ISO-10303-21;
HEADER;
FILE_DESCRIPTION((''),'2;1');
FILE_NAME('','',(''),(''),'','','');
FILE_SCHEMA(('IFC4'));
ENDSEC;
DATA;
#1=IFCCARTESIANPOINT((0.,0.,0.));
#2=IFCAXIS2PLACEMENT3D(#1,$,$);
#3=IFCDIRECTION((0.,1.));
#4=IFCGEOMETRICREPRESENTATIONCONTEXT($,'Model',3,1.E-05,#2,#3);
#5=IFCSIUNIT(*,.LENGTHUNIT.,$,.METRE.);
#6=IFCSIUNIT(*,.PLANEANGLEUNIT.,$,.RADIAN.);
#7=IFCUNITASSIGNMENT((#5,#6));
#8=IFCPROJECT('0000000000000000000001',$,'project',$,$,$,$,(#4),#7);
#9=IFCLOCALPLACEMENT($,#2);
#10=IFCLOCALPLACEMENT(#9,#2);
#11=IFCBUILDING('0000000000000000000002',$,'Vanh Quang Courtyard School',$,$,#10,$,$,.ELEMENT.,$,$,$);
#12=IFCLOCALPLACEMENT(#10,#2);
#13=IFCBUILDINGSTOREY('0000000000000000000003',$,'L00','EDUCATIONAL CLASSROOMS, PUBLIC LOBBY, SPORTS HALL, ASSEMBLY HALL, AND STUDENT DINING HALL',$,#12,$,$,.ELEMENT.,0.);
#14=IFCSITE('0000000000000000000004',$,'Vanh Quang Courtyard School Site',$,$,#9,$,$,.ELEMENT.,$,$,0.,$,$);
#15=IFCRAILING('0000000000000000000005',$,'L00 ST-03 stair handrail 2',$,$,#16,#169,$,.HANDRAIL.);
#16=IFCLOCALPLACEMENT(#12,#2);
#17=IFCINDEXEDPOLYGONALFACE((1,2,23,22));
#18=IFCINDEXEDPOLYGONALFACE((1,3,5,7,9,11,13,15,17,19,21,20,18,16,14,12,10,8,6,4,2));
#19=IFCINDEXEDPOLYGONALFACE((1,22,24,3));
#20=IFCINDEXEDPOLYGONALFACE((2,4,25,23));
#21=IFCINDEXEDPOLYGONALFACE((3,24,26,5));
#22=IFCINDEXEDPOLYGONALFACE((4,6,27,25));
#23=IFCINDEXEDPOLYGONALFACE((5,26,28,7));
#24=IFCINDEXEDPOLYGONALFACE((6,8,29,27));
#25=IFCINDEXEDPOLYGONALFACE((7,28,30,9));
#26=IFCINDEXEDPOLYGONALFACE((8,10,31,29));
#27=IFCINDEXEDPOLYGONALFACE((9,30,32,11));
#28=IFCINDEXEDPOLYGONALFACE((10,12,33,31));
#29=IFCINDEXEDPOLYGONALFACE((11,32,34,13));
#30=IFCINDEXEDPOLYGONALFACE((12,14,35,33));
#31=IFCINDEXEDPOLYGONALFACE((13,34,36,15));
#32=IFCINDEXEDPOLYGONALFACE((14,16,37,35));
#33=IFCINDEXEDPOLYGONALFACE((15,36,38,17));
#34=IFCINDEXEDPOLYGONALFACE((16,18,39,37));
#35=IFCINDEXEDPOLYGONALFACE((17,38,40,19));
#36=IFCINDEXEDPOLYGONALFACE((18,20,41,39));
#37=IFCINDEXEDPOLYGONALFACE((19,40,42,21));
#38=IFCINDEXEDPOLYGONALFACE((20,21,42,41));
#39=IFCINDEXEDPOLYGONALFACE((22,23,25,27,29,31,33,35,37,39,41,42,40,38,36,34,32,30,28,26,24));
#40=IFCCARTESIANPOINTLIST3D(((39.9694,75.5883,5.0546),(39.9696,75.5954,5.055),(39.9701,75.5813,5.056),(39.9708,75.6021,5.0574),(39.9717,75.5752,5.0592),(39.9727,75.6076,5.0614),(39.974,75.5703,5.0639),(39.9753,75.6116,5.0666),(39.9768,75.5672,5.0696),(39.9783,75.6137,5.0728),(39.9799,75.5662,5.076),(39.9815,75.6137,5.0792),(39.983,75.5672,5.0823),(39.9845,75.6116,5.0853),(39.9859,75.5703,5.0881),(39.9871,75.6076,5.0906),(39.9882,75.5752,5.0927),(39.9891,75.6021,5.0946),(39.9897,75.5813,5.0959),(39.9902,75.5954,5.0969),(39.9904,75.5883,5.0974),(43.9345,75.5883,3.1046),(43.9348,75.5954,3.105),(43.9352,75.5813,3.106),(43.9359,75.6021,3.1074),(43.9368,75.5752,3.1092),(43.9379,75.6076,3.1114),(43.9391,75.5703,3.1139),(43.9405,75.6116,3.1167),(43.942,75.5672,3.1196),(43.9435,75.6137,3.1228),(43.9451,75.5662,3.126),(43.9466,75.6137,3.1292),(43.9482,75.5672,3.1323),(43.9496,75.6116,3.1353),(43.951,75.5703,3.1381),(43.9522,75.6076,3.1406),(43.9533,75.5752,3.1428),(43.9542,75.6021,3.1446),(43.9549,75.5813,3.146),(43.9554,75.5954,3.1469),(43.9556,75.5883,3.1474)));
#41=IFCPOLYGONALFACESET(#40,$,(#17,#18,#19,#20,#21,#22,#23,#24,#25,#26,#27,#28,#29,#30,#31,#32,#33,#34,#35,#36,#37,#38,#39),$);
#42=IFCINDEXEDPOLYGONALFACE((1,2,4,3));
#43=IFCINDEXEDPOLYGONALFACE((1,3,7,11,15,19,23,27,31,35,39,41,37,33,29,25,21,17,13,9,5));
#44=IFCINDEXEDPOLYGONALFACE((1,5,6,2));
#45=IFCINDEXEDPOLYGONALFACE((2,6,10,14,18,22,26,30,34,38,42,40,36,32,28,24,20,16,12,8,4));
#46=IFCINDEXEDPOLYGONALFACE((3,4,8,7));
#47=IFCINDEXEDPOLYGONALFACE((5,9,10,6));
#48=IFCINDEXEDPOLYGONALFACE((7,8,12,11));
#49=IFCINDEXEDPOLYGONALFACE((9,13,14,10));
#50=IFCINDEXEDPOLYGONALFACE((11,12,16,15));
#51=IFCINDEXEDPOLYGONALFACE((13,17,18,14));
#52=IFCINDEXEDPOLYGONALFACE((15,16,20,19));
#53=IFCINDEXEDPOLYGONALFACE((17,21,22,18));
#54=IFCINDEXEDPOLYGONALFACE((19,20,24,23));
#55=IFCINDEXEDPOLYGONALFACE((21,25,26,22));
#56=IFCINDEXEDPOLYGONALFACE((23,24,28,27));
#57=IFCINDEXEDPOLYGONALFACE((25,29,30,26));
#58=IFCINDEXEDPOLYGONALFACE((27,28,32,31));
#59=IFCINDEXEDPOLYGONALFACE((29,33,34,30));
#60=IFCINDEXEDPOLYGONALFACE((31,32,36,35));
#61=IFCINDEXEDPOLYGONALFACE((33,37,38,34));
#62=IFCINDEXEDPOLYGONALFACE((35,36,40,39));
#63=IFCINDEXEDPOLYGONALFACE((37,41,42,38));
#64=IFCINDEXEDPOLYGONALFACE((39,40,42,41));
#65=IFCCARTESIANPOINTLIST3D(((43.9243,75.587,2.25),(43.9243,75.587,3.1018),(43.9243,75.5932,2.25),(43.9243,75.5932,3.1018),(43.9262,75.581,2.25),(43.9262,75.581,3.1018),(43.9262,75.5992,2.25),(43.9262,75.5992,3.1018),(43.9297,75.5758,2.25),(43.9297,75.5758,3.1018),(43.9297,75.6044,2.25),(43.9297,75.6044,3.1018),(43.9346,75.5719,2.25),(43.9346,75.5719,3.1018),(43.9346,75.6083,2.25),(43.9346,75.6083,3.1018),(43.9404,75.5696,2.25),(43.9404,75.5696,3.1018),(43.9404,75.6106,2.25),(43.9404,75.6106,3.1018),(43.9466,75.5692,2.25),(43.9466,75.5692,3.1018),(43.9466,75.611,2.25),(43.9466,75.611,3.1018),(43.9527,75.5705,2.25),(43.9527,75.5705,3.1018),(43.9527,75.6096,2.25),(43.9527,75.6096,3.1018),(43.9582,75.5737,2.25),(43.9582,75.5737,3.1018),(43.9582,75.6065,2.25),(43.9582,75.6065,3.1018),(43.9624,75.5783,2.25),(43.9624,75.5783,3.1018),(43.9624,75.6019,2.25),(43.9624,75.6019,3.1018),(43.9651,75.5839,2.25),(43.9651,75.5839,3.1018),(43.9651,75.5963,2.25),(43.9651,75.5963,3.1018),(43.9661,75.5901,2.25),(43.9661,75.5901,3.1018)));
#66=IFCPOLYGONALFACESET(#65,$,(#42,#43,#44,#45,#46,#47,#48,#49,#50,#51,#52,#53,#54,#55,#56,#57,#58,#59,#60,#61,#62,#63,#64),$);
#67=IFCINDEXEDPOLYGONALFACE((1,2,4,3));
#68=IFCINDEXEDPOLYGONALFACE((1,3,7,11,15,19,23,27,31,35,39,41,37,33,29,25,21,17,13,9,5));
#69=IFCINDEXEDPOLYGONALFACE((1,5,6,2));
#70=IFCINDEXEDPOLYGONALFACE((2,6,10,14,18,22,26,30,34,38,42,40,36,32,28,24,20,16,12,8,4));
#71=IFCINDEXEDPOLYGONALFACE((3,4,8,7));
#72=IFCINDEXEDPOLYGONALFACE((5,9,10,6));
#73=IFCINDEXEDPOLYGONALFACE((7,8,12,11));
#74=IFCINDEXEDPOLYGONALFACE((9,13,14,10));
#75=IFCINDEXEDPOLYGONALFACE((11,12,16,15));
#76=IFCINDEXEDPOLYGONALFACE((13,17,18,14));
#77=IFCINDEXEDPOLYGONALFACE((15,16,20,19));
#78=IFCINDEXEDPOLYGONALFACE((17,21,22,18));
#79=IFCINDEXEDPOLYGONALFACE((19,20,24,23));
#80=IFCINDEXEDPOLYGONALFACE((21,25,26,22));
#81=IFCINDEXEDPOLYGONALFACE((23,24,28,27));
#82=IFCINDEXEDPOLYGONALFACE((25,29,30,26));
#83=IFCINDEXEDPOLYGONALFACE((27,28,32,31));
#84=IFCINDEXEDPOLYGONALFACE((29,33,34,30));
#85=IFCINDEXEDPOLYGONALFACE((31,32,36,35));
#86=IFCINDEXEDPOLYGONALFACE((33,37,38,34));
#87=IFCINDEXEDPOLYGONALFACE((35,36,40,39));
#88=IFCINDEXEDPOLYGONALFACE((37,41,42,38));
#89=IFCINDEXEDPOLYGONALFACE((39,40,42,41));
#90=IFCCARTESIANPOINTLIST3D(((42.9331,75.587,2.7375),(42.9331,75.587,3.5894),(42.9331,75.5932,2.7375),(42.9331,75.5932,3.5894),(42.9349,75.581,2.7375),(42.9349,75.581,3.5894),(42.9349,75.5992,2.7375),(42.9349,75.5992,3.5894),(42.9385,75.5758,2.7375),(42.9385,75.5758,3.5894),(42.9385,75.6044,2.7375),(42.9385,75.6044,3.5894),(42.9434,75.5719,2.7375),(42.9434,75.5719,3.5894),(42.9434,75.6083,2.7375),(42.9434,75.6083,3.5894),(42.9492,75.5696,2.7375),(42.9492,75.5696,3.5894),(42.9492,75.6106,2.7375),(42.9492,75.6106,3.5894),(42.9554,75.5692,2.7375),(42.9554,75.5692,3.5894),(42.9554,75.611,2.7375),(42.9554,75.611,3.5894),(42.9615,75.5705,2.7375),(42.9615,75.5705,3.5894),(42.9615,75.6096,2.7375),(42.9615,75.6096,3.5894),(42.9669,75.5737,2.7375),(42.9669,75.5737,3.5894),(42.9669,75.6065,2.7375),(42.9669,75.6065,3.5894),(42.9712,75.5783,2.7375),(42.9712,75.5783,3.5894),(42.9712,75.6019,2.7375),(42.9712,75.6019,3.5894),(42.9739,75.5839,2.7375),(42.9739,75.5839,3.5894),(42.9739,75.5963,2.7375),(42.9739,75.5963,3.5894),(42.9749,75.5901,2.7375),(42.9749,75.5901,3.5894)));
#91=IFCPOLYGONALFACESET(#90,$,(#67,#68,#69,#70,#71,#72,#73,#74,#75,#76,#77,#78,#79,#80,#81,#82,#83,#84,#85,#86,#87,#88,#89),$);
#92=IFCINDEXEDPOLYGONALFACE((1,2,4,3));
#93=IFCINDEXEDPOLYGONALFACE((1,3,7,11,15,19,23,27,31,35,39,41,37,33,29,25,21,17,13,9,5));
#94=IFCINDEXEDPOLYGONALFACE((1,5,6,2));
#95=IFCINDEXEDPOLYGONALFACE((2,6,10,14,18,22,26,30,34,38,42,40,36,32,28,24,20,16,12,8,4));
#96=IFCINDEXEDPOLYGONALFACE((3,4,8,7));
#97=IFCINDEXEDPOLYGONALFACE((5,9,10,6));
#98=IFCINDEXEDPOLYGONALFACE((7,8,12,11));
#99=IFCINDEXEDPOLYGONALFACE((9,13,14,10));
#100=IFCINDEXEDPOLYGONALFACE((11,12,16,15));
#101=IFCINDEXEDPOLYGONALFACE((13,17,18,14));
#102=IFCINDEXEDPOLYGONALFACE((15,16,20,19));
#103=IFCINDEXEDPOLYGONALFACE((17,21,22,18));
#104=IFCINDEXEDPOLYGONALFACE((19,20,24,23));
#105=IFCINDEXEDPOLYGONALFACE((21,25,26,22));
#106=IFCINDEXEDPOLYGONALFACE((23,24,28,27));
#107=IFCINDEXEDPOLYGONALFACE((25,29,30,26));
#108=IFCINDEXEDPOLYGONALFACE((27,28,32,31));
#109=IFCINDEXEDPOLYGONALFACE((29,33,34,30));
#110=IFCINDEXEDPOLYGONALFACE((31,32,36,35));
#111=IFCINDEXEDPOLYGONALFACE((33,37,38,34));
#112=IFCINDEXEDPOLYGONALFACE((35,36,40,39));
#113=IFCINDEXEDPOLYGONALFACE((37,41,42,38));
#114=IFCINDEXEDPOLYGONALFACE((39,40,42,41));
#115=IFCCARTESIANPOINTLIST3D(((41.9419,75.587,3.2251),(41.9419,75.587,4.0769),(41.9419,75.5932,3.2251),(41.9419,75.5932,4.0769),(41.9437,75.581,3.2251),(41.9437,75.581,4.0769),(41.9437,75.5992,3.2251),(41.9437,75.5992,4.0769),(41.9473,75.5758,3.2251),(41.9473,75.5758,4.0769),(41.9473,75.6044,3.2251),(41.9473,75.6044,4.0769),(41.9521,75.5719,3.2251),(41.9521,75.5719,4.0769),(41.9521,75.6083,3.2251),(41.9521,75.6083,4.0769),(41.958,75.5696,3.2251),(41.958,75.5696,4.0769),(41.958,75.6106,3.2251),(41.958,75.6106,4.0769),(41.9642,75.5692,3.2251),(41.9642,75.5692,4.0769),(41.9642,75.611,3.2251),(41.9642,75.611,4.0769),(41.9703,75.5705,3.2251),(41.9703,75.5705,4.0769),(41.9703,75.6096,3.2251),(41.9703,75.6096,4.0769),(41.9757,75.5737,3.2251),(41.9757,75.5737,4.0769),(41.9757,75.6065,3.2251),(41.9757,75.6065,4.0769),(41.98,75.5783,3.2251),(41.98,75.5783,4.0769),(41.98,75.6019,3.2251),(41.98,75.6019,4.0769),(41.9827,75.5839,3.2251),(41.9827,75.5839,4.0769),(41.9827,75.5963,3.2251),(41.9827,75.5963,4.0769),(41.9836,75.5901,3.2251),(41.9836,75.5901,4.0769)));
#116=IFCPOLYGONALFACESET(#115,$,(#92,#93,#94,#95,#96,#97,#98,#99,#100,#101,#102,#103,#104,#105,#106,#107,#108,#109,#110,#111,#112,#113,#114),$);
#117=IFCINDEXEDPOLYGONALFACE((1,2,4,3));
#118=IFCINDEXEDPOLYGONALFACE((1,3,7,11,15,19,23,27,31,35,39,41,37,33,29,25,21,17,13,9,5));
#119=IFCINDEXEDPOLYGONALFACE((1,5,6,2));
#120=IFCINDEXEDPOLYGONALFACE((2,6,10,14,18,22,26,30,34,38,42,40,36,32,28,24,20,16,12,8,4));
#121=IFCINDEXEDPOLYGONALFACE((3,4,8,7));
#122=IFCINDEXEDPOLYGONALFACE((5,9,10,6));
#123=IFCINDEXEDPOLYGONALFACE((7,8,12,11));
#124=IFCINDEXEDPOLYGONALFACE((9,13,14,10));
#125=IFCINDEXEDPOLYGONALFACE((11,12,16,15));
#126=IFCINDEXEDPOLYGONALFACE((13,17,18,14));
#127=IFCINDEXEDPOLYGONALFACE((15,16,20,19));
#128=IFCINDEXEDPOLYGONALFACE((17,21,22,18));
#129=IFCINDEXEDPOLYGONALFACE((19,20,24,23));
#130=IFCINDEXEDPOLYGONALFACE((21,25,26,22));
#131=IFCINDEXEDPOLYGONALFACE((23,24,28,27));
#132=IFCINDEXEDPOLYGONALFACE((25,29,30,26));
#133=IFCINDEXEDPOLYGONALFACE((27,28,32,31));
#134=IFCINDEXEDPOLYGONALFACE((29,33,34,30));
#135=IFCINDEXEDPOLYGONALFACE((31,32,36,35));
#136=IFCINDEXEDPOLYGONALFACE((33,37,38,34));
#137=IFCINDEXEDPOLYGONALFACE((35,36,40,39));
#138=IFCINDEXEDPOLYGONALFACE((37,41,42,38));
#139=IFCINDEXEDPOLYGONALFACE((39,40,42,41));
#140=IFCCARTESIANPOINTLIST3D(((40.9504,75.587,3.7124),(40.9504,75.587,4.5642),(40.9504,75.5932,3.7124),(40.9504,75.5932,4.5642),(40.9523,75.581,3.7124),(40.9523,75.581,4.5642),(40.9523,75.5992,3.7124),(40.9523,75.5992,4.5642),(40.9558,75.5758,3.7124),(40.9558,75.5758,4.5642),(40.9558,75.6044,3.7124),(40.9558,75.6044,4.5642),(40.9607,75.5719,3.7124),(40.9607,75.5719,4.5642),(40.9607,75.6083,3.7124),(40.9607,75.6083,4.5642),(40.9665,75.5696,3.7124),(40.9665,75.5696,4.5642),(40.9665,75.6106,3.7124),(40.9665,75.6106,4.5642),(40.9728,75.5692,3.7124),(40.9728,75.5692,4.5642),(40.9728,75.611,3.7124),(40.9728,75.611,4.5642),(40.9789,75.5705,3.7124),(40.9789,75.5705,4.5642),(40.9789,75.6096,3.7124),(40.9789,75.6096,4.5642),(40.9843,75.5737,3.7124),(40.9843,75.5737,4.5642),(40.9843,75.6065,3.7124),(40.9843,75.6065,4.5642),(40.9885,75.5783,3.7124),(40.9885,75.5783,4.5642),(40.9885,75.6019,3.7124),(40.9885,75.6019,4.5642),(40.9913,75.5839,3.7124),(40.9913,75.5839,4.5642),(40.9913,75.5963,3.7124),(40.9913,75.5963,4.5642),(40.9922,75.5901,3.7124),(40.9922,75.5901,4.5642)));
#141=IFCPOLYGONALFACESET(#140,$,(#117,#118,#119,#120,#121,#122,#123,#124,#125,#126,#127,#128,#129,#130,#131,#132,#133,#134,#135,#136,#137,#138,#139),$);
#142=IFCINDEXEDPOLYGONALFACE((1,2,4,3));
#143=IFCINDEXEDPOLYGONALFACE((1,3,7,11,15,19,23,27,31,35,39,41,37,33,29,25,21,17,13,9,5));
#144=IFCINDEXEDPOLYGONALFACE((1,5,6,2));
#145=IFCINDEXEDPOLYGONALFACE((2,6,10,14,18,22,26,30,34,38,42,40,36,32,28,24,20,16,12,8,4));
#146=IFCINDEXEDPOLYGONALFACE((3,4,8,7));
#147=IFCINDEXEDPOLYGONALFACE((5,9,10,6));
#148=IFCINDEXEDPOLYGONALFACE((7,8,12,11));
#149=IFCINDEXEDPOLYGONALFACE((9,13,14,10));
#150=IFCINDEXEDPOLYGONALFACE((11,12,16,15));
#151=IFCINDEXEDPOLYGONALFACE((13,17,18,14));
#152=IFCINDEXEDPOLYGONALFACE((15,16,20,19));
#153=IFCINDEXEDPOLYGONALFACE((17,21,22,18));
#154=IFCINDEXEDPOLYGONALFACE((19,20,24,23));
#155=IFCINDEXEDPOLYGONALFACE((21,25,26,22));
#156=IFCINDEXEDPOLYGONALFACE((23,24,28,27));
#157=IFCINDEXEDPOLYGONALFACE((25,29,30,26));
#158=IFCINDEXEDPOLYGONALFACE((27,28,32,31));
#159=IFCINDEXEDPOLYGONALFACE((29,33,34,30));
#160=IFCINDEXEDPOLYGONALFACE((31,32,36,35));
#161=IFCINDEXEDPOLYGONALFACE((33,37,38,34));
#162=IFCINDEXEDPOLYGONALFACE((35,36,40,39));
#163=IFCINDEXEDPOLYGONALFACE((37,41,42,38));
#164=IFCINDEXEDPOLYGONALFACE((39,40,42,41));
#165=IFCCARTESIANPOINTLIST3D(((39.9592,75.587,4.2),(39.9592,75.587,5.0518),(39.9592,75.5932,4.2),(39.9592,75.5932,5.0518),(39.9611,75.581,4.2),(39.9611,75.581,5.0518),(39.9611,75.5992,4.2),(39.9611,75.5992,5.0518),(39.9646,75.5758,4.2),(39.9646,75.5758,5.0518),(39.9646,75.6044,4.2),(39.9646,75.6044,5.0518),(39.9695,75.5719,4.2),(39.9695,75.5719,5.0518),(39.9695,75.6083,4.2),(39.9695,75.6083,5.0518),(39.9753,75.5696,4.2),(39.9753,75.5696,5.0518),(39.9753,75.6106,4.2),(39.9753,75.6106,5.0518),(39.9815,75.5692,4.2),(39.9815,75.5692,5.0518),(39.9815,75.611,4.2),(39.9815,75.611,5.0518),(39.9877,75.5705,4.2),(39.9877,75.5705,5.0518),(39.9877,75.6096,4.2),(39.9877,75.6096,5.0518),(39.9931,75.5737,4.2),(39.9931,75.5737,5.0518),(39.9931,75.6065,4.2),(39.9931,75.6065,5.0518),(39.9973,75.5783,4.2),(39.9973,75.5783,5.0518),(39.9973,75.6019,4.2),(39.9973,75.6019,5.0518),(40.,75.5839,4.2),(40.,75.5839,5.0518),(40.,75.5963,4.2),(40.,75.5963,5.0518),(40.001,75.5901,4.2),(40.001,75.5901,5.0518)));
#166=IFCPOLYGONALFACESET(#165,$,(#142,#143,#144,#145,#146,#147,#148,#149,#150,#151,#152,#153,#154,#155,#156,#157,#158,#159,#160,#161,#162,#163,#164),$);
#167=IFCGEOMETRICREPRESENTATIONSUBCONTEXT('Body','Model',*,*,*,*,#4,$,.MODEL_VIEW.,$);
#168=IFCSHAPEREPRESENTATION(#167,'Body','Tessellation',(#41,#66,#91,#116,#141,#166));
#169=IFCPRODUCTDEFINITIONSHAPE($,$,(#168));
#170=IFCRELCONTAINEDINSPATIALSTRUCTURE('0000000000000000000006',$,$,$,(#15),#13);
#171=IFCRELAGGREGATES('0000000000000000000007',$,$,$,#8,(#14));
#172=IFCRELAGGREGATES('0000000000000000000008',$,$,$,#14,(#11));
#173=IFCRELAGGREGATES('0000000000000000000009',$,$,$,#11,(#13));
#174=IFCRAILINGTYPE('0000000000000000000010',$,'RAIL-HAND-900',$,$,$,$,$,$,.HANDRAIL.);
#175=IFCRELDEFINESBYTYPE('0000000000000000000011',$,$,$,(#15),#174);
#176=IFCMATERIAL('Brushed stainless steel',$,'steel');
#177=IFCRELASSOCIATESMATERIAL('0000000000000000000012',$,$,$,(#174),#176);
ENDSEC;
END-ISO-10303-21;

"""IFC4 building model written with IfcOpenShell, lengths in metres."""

from ifc_helpers import new_model, si_unit, direction, frame, origin, origin_2d, place, context, subcontext, project, spatial, circle, extrude, material, type_object, element, save


model = new_model("IFC4")

# Units and contexts
model_context = context("Model", 3, precision=1e-05, world=origin(), true_north=direction((0.0, 1.0)))
body_context = subcontext(model_context, "Body", "Model", "MODEL_VIEW")
ifc_project = project(units=[si_unit("LENGTHUNIT", "METRE"), si_unit("PLANEANGLEUNIT", "RADIAN")], contexts=[model_context])

# Site, building, storey
site_placement = place(None, origin())
site = spatial("IfcSite", under=ifc_project, at=site_placement, Name="Vanh Quang Courtyard School Site", CompositionType="ELEMENT", RefElevation=0.0)
building_placement = place(site_placement, origin())
building = spatial("IfcBuilding", under=site, at=building_placement, Name="Vanh Quang Courtyard School", CompositionType="ELEMENT")
storey_placement = place(building_placement, origin())
storey = spatial("IfcBuildingStorey", under=building, at=storey_placement, Name="L00", Description="EDUCATIONAL CLASSROOMS, PUBLIC LOBBY, SPORTS HALL, ASSEMBLY HALL, AND STUDENT DINING HALL", CompositionType="ELEMENT", Elevation=0.0)

# Railing
ifc_material_1 = material(Name="Brushed stainless steel", Category="steel")
railing_type_1 = type_object("IfcRailingType", Name="RAIL-HAND-900", PredefinedType="HANDRAIL", material=ifc_material_1)
railing_1_placement = place(storey_placement, frame((43.9451, 75.5901, 2.25)))
element("IfcRailing", 1, at=railing_1_placement, inside=storey, type_object=railing_type_1, Name="L00 ST-03 stair handrail 2", PredefinedType="HANDRAIL", context=body_context, shape_type="SweptSolid", body=[
    extrude(circle(Radius=0.0239, at=origin_2d()), frame((0.0, 0.0, 0.876), z_axis=(-0.897358, 0.0, 0.441303), x_axis=(0.0, -1.0, 0.0)), (0.0, 0.0, 1.0), 4.4187),
    extrude(circle(Radius=0.021, at=origin_2d()), origin(), (0.0, 0.0, 1.0), 0.8518),
    extrude(circle(Radius=0.021, at=origin_2d()), frame((-0.9912, 0.0, 0.4875)), (0.0, 0.0, 1.0), 0.8518),
    extrude(circle(Radius=0.021, at=origin_2d()), frame((-1.9824, 0.0, 0.9751)), (0.0, 0.0, 1.0), 0.8518),
    extrude(circle(Radius=0.021, at=origin_2d()), frame((-2.9739, 0.0, 1.4624)), (0.0, 0.0, 1.0), 0.8518),
    extrude(circle(Radius=0.021, at=origin_2d()), frame((-3.9651, 0.0, 1.95)), (0.0, 0.0, 1.0), 0.8518),
])

save(model, "model.ifc")
